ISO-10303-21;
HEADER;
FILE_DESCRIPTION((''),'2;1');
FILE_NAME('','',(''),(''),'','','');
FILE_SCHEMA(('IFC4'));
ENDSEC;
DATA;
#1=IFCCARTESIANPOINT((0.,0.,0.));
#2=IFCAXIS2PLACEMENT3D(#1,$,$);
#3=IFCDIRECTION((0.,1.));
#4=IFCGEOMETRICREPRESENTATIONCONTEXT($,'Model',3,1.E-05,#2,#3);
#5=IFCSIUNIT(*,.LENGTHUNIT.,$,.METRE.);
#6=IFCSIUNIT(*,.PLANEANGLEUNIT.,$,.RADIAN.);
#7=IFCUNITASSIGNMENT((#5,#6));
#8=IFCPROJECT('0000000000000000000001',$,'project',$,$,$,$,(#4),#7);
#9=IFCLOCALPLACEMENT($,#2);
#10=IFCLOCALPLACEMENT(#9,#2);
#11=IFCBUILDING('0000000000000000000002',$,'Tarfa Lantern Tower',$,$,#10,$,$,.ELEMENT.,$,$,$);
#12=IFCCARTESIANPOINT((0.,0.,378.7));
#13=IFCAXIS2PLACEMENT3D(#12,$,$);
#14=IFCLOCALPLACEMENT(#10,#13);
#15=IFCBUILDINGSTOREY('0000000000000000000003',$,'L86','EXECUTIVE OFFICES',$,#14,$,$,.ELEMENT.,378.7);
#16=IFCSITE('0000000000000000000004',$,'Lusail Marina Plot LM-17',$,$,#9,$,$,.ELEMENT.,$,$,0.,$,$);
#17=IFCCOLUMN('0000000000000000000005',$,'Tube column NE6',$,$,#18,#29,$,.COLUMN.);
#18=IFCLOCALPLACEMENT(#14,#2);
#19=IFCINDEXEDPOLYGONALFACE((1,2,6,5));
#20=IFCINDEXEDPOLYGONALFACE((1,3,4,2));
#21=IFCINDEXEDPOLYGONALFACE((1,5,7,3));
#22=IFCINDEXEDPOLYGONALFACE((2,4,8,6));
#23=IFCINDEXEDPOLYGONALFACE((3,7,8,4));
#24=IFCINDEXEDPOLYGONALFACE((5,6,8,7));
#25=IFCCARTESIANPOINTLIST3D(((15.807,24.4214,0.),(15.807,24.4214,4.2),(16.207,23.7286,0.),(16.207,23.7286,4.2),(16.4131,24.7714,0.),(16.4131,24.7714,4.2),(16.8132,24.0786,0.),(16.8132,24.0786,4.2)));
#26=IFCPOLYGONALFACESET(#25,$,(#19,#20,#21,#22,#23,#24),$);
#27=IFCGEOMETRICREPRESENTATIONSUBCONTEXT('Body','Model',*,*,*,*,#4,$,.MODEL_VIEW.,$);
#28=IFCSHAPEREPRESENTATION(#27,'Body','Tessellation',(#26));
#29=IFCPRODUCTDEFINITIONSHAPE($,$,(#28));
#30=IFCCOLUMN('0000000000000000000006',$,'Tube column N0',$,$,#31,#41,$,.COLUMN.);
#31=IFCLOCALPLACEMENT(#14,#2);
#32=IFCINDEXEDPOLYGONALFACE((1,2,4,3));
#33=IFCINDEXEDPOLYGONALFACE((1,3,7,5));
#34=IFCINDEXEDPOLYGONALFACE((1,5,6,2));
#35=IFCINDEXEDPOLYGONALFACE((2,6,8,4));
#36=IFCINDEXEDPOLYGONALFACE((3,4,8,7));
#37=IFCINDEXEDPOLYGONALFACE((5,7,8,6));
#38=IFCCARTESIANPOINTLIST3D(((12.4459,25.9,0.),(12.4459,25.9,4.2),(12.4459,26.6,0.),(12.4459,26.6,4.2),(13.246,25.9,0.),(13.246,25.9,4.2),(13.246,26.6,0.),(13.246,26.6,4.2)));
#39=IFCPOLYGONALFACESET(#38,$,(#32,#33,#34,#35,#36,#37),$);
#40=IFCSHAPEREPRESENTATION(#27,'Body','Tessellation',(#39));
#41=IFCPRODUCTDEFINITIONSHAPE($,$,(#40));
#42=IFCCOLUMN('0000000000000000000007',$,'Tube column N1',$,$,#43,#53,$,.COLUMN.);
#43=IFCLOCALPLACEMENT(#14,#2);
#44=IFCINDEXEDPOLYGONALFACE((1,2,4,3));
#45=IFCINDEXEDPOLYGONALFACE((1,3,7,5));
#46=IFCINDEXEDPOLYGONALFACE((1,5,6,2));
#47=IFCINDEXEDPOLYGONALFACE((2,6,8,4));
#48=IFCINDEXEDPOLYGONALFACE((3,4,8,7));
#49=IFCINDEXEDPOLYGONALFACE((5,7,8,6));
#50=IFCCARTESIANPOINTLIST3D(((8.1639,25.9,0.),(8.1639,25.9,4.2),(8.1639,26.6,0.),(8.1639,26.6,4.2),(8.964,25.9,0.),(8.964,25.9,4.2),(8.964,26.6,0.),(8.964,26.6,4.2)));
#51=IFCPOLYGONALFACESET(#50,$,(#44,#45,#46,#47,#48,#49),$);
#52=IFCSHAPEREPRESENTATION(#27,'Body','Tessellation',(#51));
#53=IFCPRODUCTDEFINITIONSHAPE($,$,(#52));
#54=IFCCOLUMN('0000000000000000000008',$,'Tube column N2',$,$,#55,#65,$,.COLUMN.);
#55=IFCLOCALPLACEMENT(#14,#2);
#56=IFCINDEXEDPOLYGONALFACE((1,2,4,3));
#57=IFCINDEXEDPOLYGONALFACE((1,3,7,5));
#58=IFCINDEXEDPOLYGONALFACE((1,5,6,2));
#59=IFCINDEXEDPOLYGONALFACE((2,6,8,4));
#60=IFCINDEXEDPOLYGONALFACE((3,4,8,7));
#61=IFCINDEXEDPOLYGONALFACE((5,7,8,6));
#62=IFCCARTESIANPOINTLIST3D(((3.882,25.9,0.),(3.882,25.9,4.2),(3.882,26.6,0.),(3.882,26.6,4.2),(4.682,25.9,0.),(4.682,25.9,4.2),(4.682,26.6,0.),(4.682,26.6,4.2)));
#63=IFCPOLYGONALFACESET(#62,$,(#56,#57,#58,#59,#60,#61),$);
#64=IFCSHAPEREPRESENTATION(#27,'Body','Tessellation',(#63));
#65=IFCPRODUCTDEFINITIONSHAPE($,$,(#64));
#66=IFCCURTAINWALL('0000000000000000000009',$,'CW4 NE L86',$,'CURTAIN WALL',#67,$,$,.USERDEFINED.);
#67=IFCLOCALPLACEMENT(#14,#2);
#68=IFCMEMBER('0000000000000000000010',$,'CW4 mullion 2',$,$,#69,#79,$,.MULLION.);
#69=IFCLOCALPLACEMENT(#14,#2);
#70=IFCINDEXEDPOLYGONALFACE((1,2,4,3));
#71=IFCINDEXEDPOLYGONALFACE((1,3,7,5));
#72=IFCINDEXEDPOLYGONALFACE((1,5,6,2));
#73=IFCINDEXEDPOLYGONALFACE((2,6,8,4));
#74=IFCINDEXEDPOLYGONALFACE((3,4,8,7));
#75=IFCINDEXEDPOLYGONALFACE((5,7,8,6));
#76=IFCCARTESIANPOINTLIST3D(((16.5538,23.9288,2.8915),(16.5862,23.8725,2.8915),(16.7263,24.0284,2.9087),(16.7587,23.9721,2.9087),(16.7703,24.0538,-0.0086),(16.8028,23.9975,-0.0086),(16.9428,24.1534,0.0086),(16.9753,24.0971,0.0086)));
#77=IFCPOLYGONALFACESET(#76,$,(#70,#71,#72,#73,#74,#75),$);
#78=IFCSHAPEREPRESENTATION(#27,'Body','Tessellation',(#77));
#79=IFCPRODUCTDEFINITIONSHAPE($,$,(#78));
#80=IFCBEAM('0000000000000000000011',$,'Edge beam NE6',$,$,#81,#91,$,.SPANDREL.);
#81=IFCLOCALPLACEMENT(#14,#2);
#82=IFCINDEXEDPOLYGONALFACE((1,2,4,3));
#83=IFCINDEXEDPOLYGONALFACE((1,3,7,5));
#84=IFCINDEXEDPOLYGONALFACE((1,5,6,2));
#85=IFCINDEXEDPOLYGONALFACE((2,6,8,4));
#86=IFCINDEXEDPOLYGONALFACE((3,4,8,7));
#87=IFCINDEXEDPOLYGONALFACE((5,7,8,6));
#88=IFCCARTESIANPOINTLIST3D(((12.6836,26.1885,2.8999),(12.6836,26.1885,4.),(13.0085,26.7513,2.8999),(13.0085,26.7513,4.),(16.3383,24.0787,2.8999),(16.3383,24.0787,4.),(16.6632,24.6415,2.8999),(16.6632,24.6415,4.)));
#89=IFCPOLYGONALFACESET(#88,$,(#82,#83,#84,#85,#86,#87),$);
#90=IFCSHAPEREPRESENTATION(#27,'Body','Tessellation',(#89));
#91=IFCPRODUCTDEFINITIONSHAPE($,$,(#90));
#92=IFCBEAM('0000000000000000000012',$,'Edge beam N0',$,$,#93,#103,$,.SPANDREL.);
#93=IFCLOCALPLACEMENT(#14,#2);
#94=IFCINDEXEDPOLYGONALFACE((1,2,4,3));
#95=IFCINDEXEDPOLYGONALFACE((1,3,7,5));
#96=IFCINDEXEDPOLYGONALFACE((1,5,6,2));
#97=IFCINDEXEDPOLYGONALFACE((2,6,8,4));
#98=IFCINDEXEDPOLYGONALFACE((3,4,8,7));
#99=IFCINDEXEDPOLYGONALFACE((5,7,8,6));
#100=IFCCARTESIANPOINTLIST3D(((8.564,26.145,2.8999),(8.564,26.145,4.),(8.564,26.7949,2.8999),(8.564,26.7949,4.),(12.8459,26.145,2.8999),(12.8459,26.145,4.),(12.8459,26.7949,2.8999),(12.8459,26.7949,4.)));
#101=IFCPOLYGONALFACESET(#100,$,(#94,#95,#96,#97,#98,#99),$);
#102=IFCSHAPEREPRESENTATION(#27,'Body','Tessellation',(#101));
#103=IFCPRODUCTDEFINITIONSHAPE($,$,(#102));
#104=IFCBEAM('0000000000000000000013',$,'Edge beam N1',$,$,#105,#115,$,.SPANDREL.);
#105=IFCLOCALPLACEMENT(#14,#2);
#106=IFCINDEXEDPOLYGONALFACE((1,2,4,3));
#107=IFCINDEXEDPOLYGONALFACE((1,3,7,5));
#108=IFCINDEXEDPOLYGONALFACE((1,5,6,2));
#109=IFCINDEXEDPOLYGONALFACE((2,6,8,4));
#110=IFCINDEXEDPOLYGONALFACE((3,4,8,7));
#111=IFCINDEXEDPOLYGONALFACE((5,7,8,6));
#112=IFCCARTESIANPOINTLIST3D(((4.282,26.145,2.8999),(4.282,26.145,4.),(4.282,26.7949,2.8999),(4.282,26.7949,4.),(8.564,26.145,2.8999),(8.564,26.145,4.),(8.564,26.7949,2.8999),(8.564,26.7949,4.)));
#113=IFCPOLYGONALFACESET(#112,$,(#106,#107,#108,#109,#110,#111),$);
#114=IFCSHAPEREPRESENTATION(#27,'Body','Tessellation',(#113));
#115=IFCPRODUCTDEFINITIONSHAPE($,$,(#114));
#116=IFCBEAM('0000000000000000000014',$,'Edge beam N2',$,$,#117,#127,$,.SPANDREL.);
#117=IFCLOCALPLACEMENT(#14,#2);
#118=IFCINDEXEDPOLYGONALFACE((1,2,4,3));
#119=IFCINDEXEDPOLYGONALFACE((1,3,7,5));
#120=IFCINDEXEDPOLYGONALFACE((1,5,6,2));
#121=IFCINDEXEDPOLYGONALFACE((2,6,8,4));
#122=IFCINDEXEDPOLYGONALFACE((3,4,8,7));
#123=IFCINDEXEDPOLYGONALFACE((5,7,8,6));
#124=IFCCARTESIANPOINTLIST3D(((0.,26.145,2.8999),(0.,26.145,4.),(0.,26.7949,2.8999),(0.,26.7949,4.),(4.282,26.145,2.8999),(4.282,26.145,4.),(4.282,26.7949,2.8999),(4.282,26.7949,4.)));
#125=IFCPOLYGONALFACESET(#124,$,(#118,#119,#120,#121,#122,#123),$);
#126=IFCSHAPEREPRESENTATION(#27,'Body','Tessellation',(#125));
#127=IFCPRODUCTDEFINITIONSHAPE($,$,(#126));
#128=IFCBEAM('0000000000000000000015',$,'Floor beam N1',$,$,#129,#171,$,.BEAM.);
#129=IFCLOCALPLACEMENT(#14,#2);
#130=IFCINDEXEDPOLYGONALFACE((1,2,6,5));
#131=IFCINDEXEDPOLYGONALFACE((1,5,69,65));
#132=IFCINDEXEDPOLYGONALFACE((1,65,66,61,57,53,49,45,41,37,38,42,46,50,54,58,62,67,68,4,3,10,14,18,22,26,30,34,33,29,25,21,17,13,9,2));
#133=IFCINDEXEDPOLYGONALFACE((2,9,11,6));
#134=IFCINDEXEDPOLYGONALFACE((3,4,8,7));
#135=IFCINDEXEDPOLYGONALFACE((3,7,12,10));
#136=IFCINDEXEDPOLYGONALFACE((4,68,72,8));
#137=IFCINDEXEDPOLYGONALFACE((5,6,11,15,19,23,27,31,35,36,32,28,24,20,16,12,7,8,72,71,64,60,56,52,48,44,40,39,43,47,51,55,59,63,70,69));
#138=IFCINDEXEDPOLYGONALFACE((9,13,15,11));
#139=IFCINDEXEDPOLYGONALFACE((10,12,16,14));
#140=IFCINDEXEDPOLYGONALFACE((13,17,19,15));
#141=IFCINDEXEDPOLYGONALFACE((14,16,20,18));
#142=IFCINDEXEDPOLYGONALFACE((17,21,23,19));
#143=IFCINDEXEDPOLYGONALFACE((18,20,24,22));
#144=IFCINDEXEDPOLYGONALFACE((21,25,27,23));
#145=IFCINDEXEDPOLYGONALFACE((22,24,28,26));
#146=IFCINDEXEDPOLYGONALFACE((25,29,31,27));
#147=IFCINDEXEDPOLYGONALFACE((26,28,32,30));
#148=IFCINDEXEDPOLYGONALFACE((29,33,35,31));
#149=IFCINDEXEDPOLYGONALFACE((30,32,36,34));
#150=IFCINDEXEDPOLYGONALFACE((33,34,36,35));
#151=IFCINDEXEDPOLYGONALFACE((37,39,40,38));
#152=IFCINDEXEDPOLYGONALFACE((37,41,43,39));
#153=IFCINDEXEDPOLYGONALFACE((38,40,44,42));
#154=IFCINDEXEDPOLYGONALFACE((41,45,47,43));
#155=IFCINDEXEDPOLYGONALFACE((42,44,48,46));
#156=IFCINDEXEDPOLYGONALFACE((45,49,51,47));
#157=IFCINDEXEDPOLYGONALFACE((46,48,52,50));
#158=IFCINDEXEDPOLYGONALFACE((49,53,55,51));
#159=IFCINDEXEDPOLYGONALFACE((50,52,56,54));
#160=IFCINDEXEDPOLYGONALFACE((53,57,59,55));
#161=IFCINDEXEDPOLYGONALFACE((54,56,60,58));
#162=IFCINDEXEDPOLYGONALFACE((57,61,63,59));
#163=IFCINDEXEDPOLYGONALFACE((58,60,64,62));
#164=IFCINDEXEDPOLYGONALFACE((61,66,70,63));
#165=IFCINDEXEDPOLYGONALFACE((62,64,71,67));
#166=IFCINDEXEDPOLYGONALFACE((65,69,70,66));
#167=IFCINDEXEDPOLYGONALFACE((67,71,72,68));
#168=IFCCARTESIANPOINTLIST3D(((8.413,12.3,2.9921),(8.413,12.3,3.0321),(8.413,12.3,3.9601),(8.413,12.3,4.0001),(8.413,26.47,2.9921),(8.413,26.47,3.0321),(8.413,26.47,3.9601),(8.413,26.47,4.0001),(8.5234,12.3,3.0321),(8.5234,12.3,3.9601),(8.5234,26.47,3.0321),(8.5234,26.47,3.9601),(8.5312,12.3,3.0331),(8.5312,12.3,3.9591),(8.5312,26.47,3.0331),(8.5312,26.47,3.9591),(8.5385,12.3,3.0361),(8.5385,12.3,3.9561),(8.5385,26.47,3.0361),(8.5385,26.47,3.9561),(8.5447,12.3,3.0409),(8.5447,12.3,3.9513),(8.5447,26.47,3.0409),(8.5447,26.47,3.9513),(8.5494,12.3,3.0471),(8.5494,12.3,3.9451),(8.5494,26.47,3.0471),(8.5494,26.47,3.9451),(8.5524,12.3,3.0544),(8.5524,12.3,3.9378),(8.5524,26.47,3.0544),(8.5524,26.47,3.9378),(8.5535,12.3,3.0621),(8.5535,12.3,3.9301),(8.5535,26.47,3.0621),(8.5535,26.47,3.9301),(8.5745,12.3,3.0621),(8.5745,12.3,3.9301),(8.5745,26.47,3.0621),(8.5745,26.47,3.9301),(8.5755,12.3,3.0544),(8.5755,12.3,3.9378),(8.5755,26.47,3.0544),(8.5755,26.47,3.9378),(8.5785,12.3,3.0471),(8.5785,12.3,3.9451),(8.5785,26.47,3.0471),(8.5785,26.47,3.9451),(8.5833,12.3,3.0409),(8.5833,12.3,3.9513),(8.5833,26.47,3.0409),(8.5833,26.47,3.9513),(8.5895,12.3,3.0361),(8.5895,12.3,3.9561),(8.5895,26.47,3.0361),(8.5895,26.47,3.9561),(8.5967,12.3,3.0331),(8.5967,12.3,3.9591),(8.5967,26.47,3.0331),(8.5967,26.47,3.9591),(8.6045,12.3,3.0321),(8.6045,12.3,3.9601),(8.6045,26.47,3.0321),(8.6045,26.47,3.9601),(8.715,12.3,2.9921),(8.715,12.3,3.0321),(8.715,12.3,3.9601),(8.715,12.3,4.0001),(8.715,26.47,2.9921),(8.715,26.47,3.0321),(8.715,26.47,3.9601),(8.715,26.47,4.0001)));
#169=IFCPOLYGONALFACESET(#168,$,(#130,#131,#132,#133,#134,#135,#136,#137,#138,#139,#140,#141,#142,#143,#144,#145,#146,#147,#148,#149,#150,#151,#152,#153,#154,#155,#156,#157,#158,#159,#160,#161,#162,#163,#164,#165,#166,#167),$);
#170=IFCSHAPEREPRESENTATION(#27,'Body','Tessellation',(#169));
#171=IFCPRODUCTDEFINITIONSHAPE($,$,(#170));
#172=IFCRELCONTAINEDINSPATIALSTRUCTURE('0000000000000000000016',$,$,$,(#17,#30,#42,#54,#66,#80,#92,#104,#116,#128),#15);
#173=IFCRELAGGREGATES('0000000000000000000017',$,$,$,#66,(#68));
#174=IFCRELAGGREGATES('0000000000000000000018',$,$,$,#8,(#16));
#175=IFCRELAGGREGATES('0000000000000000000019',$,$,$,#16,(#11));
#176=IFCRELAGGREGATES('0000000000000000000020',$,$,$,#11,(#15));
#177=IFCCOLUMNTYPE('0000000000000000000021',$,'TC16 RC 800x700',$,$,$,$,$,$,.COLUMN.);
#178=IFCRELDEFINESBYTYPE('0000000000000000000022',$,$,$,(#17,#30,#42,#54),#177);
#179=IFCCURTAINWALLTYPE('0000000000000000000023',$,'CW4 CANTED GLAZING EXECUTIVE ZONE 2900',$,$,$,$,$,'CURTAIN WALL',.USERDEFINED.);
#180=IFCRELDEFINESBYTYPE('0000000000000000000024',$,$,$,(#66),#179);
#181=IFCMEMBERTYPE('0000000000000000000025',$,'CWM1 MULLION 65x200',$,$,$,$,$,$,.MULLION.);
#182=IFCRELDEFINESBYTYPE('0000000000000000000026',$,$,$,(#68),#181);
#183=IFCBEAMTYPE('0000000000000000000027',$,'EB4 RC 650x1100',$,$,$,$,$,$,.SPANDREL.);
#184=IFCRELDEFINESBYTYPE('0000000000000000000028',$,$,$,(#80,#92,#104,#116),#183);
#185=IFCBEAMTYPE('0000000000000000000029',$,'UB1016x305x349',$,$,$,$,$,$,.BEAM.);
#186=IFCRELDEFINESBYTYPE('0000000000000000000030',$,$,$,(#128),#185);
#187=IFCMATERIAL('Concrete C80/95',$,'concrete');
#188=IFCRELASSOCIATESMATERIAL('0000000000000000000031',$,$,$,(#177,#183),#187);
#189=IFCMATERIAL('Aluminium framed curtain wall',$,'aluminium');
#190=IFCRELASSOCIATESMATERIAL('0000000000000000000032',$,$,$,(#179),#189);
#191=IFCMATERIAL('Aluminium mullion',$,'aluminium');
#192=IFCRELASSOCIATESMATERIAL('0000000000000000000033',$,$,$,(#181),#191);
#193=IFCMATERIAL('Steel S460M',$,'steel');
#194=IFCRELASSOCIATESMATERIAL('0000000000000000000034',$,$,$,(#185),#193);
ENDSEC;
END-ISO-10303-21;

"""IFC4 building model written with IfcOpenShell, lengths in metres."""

from ifc_helpers import new_model, si_unit, direction, frame, origin, origin_2d, place, context, subcontext, project, spatial, rectangle, i_section, extrude, material, material_profile, profile_set, type_object, element, aggregate, save


model = new_model("IFC4")

# Units and contexts
model_context = context("Model", 3, precision=1e-05, world=origin(), true_north=direction((0.0, 1.0)))
body_context = subcontext(model_context, "Body", "Model", "MODEL_VIEW")
ifc_project = project(units=[si_unit("LENGTHUNIT", "METRE"), si_unit("PLANEANGLEUNIT", "RADIAN")], contexts=[model_context])

# Site, building, storey
site_placement = place(None, origin())
site = spatial("IfcSite", under=ifc_project, at=site_placement, Name="Lusail Marina Plot LM-17", CompositionType="ELEMENT", RefElevation=0.0)
building_placement = place(site_placement, origin())
building = spatial("IfcBuilding", under=site, at=building_placement, Name="Tarfa Lantern Tower", CompositionType="ELEMENT")
storey_placement = place(building_placement, frame((0.0, 0.0, 378.7)))
storey = spatial("IfcBuildingStorey", under=building, at=storey_placement, Name="L86", Description="EXECUTIVE OFFICES", CompositionType="ELEMENT", Elevation=378.7)

# Columns
ifc_material_1 = material(Name="Concrete C80/95", Category="concrete")
ifc_material_profile_1 = material_profile(ifc_material_1, rectangle(XDim=0.8, YDim=0.7, at=origin_2d()), Name="RC 800x700")
ifc_profile_set_1 = profile_set([ifc_material_profile_1], Name="Concrete C80/95")
column_type = type_object("IfcColumnType", Name="TC16 RC 800x700", PredefinedType="COLUMN", material=ifc_profile_set_1)
for number, where, z_axis, x_axis, name in (
    (1, (16.3101, 24.25, 0.0), (0.0, 0.0, 1.0), (-0.5, 0.866025, 0.0), "Tube column NE6"),
    (2, (12.8459, 26.25, 0.0), (0.0, 0.0, 1.0), (-1.0, 0.0, 0.0), "Tube column N0"),
    (3, (8.564, 26.25, 0.0), (0.0, 0.0, 1.0), (-1.0, 0.0, 0.0), "Tube column N1"),
    (4, (4.282, 26.25, 0.0), (0.0, 0.0, 1.0), (-1.0, 0.0, 0.0), "Tube column N2"),
):
    element("IfcColumn", number, at=place(storey_placement, frame(where, z_axis=z_axis, x_axis=x_axis)), inside=storey, type_object=column_type, Name=name, PredefinedType="COLUMN", context=body_context, shape_type="SweptSolid", body=[
        extrude(rectangle(XDim=0.8, YDim=0.7, at=origin_2d()), origin(), (0.0, 0.0, 1.0), 4.2),
    ])

# Curtain wall, member
ifc_material_2 = material(Name="Aluminium framed curtain wall", Category="aluminium")
curtain_wall_type = type_object("IfcCurtainWallType", Name="CW4 CANTED GLAZING EXECUTIVE ZONE 2900", ElementType="CURTAIN WALL", PredefinedType="USERDEFINED", material=ifc_material_2)
curtain_wall_placement = place(storey_placement, origin())
curtain_wall = element("IfcCurtainWall", 5, at=curtain_wall_placement, inside=storey, type_object=curtain_wall_type, Name="CW4 NE L86", ObjectType="CURTAIN WALL", PredefinedType="USERDEFINED")
ifc_material_3 = material(Name="Aluminium mullion", Category="aluminium")
ifc_material_profile_2 = material_profile(ifc_material_3, rectangle(XDim=0.0649, YDim=0.2, at=origin_2d()), Name="AL MULLION 65x200")
ifc_profile_set_2 = profile_set([ifc_material_profile_2], Name="Aluminium mullion")
member_type = type_object("IfcMemberType", Name="CWM1 MULLION 65x200", PredefinedType="MULLION", material=ifc_profile_set_2)
member_placement = place(storey_placement, frame((16.8728, 24.0754, 0.0), z_axis=(-0.074394, -0.042942, 0.996304), x_axis=(0.49992, -0.866072, 0.0)))
member = element("IfcMember", 6, at=member_placement, type_object=member_type, Name="CW4 mullion 2", PredefinedType="MULLION", context=body_context, shape_type="SweptSolid", body=[
    extrude(rectangle(XDim=0.0649, YDim=0.2, at=origin_2d()), origin(), (0.0, 0.0, 1.0), 2.9109),
])

# Beams
ifc_material_profile_3 = material_profile(ifc_material_1, rectangle(XDim=0.6499, YDim=1.1001, at=origin_2d()), Name="RC 650x1100")
ifc_profile_set_3 = profile_set([ifc_material_profile_3], Name="Concrete C80/95")
beam_type_1 = type_object("IfcBeamType", Name="EB4 RC 650x1100", PredefinedType="SPANDREL", material=ifc_profile_set_3)
beam_1_placement = place(storey_placement, frame((16.5007, 24.3601, 3.45), z_axis=(-0.866049, 0.499959, 0.0), x_axis=(-0.499959, -0.866049, 0.0)))
element("IfcBeam", 7, at=beam_1_placement, inside=storey, type_object=beam_type_1, Name="Edge beam NE6", PredefinedType="SPANDREL", context=body_context, shape_type="SweptSolid", body=[
    extrude(rectangle(XDim=0.6499, YDim=1.1001, at=origin_2d()), origin(), (0.0, 0.0, 1.0), 4.22),
])
for number, where, z_axis, x_axis, name in (
    (8, (12.8459, 26.47, 3.45), (-1.0, 0.0, 0.0), (0.0, -1.0, 0.0), "Edge beam N0"),
    (9, (8.564, 26.47, 3.45), (-1.0, 0.0, 0.0), (0.0, -1.0, 0.0), "Edge beam N1"),
    (10, (4.282, 26.47, 3.45), (-1.0, 0.0, 0.0), (0.0, -1.0, 0.0), "Edge beam N2"),
):
    element("IfcBeam", number, at=place(storey_placement, frame(where, z_axis=z_axis, x_axis=x_axis)), inside=storey, type_object=beam_type_1, Name=name, PredefinedType="SPANDREL", context=body_context, shape_type="SweptSolid", body=[
        extrude(rectangle(XDim=0.6499, YDim=1.1001, at=origin_2d()), origin(), (0.0, 0.0, 1.0), 4.282),
    ])
ifc_material_4 = material(Name="Steel S460M", Category="steel")
ifc_material_profile_4 = material_profile(ifc_material_4, i_section(OverallWidth=0.302, OverallDepth=1.0081, WebThickness=0.021, FlangeThickness=0.04, FilletRadius=0.03, at=origin_2d()), Name="UB1016x305x349")
ifc_profile_set_4 = profile_set([ifc_material_profile_4], Name="Steel S460M")
beam_type_2 = type_object("IfcBeamType", Name="UB1016x305x349", PredefinedType="BEAM", material=ifc_profile_set_4)
for number, where, z_axis, x_axis, name in (
    (11, (8.564, 26.47, 3.4961), (0.0, -1.0, 0.0), (1.0, 0.0, 0.0), "Floor beam N1"),
):
    element("IfcBeam", number, at=place(storey_placement, frame(where, z_axis=z_axis, x_axis=x_axis)), inside=storey, type_object=beam_type_2, Name=name, PredefinedType="BEAM", context=body_context, shape_type="SweptSolid", body=[
        extrude(i_section(OverallWidth=0.302, OverallDepth=1.0081, WebThickness=0.021, FlangeThickness=0.04, FilletRadius=0.03, at=origin_2d()), origin(), (0.0, 0.0, 1.0), 14.1699),
    ])

aggregate(curtain_wall, [member])

save(model, "model.ifc")
